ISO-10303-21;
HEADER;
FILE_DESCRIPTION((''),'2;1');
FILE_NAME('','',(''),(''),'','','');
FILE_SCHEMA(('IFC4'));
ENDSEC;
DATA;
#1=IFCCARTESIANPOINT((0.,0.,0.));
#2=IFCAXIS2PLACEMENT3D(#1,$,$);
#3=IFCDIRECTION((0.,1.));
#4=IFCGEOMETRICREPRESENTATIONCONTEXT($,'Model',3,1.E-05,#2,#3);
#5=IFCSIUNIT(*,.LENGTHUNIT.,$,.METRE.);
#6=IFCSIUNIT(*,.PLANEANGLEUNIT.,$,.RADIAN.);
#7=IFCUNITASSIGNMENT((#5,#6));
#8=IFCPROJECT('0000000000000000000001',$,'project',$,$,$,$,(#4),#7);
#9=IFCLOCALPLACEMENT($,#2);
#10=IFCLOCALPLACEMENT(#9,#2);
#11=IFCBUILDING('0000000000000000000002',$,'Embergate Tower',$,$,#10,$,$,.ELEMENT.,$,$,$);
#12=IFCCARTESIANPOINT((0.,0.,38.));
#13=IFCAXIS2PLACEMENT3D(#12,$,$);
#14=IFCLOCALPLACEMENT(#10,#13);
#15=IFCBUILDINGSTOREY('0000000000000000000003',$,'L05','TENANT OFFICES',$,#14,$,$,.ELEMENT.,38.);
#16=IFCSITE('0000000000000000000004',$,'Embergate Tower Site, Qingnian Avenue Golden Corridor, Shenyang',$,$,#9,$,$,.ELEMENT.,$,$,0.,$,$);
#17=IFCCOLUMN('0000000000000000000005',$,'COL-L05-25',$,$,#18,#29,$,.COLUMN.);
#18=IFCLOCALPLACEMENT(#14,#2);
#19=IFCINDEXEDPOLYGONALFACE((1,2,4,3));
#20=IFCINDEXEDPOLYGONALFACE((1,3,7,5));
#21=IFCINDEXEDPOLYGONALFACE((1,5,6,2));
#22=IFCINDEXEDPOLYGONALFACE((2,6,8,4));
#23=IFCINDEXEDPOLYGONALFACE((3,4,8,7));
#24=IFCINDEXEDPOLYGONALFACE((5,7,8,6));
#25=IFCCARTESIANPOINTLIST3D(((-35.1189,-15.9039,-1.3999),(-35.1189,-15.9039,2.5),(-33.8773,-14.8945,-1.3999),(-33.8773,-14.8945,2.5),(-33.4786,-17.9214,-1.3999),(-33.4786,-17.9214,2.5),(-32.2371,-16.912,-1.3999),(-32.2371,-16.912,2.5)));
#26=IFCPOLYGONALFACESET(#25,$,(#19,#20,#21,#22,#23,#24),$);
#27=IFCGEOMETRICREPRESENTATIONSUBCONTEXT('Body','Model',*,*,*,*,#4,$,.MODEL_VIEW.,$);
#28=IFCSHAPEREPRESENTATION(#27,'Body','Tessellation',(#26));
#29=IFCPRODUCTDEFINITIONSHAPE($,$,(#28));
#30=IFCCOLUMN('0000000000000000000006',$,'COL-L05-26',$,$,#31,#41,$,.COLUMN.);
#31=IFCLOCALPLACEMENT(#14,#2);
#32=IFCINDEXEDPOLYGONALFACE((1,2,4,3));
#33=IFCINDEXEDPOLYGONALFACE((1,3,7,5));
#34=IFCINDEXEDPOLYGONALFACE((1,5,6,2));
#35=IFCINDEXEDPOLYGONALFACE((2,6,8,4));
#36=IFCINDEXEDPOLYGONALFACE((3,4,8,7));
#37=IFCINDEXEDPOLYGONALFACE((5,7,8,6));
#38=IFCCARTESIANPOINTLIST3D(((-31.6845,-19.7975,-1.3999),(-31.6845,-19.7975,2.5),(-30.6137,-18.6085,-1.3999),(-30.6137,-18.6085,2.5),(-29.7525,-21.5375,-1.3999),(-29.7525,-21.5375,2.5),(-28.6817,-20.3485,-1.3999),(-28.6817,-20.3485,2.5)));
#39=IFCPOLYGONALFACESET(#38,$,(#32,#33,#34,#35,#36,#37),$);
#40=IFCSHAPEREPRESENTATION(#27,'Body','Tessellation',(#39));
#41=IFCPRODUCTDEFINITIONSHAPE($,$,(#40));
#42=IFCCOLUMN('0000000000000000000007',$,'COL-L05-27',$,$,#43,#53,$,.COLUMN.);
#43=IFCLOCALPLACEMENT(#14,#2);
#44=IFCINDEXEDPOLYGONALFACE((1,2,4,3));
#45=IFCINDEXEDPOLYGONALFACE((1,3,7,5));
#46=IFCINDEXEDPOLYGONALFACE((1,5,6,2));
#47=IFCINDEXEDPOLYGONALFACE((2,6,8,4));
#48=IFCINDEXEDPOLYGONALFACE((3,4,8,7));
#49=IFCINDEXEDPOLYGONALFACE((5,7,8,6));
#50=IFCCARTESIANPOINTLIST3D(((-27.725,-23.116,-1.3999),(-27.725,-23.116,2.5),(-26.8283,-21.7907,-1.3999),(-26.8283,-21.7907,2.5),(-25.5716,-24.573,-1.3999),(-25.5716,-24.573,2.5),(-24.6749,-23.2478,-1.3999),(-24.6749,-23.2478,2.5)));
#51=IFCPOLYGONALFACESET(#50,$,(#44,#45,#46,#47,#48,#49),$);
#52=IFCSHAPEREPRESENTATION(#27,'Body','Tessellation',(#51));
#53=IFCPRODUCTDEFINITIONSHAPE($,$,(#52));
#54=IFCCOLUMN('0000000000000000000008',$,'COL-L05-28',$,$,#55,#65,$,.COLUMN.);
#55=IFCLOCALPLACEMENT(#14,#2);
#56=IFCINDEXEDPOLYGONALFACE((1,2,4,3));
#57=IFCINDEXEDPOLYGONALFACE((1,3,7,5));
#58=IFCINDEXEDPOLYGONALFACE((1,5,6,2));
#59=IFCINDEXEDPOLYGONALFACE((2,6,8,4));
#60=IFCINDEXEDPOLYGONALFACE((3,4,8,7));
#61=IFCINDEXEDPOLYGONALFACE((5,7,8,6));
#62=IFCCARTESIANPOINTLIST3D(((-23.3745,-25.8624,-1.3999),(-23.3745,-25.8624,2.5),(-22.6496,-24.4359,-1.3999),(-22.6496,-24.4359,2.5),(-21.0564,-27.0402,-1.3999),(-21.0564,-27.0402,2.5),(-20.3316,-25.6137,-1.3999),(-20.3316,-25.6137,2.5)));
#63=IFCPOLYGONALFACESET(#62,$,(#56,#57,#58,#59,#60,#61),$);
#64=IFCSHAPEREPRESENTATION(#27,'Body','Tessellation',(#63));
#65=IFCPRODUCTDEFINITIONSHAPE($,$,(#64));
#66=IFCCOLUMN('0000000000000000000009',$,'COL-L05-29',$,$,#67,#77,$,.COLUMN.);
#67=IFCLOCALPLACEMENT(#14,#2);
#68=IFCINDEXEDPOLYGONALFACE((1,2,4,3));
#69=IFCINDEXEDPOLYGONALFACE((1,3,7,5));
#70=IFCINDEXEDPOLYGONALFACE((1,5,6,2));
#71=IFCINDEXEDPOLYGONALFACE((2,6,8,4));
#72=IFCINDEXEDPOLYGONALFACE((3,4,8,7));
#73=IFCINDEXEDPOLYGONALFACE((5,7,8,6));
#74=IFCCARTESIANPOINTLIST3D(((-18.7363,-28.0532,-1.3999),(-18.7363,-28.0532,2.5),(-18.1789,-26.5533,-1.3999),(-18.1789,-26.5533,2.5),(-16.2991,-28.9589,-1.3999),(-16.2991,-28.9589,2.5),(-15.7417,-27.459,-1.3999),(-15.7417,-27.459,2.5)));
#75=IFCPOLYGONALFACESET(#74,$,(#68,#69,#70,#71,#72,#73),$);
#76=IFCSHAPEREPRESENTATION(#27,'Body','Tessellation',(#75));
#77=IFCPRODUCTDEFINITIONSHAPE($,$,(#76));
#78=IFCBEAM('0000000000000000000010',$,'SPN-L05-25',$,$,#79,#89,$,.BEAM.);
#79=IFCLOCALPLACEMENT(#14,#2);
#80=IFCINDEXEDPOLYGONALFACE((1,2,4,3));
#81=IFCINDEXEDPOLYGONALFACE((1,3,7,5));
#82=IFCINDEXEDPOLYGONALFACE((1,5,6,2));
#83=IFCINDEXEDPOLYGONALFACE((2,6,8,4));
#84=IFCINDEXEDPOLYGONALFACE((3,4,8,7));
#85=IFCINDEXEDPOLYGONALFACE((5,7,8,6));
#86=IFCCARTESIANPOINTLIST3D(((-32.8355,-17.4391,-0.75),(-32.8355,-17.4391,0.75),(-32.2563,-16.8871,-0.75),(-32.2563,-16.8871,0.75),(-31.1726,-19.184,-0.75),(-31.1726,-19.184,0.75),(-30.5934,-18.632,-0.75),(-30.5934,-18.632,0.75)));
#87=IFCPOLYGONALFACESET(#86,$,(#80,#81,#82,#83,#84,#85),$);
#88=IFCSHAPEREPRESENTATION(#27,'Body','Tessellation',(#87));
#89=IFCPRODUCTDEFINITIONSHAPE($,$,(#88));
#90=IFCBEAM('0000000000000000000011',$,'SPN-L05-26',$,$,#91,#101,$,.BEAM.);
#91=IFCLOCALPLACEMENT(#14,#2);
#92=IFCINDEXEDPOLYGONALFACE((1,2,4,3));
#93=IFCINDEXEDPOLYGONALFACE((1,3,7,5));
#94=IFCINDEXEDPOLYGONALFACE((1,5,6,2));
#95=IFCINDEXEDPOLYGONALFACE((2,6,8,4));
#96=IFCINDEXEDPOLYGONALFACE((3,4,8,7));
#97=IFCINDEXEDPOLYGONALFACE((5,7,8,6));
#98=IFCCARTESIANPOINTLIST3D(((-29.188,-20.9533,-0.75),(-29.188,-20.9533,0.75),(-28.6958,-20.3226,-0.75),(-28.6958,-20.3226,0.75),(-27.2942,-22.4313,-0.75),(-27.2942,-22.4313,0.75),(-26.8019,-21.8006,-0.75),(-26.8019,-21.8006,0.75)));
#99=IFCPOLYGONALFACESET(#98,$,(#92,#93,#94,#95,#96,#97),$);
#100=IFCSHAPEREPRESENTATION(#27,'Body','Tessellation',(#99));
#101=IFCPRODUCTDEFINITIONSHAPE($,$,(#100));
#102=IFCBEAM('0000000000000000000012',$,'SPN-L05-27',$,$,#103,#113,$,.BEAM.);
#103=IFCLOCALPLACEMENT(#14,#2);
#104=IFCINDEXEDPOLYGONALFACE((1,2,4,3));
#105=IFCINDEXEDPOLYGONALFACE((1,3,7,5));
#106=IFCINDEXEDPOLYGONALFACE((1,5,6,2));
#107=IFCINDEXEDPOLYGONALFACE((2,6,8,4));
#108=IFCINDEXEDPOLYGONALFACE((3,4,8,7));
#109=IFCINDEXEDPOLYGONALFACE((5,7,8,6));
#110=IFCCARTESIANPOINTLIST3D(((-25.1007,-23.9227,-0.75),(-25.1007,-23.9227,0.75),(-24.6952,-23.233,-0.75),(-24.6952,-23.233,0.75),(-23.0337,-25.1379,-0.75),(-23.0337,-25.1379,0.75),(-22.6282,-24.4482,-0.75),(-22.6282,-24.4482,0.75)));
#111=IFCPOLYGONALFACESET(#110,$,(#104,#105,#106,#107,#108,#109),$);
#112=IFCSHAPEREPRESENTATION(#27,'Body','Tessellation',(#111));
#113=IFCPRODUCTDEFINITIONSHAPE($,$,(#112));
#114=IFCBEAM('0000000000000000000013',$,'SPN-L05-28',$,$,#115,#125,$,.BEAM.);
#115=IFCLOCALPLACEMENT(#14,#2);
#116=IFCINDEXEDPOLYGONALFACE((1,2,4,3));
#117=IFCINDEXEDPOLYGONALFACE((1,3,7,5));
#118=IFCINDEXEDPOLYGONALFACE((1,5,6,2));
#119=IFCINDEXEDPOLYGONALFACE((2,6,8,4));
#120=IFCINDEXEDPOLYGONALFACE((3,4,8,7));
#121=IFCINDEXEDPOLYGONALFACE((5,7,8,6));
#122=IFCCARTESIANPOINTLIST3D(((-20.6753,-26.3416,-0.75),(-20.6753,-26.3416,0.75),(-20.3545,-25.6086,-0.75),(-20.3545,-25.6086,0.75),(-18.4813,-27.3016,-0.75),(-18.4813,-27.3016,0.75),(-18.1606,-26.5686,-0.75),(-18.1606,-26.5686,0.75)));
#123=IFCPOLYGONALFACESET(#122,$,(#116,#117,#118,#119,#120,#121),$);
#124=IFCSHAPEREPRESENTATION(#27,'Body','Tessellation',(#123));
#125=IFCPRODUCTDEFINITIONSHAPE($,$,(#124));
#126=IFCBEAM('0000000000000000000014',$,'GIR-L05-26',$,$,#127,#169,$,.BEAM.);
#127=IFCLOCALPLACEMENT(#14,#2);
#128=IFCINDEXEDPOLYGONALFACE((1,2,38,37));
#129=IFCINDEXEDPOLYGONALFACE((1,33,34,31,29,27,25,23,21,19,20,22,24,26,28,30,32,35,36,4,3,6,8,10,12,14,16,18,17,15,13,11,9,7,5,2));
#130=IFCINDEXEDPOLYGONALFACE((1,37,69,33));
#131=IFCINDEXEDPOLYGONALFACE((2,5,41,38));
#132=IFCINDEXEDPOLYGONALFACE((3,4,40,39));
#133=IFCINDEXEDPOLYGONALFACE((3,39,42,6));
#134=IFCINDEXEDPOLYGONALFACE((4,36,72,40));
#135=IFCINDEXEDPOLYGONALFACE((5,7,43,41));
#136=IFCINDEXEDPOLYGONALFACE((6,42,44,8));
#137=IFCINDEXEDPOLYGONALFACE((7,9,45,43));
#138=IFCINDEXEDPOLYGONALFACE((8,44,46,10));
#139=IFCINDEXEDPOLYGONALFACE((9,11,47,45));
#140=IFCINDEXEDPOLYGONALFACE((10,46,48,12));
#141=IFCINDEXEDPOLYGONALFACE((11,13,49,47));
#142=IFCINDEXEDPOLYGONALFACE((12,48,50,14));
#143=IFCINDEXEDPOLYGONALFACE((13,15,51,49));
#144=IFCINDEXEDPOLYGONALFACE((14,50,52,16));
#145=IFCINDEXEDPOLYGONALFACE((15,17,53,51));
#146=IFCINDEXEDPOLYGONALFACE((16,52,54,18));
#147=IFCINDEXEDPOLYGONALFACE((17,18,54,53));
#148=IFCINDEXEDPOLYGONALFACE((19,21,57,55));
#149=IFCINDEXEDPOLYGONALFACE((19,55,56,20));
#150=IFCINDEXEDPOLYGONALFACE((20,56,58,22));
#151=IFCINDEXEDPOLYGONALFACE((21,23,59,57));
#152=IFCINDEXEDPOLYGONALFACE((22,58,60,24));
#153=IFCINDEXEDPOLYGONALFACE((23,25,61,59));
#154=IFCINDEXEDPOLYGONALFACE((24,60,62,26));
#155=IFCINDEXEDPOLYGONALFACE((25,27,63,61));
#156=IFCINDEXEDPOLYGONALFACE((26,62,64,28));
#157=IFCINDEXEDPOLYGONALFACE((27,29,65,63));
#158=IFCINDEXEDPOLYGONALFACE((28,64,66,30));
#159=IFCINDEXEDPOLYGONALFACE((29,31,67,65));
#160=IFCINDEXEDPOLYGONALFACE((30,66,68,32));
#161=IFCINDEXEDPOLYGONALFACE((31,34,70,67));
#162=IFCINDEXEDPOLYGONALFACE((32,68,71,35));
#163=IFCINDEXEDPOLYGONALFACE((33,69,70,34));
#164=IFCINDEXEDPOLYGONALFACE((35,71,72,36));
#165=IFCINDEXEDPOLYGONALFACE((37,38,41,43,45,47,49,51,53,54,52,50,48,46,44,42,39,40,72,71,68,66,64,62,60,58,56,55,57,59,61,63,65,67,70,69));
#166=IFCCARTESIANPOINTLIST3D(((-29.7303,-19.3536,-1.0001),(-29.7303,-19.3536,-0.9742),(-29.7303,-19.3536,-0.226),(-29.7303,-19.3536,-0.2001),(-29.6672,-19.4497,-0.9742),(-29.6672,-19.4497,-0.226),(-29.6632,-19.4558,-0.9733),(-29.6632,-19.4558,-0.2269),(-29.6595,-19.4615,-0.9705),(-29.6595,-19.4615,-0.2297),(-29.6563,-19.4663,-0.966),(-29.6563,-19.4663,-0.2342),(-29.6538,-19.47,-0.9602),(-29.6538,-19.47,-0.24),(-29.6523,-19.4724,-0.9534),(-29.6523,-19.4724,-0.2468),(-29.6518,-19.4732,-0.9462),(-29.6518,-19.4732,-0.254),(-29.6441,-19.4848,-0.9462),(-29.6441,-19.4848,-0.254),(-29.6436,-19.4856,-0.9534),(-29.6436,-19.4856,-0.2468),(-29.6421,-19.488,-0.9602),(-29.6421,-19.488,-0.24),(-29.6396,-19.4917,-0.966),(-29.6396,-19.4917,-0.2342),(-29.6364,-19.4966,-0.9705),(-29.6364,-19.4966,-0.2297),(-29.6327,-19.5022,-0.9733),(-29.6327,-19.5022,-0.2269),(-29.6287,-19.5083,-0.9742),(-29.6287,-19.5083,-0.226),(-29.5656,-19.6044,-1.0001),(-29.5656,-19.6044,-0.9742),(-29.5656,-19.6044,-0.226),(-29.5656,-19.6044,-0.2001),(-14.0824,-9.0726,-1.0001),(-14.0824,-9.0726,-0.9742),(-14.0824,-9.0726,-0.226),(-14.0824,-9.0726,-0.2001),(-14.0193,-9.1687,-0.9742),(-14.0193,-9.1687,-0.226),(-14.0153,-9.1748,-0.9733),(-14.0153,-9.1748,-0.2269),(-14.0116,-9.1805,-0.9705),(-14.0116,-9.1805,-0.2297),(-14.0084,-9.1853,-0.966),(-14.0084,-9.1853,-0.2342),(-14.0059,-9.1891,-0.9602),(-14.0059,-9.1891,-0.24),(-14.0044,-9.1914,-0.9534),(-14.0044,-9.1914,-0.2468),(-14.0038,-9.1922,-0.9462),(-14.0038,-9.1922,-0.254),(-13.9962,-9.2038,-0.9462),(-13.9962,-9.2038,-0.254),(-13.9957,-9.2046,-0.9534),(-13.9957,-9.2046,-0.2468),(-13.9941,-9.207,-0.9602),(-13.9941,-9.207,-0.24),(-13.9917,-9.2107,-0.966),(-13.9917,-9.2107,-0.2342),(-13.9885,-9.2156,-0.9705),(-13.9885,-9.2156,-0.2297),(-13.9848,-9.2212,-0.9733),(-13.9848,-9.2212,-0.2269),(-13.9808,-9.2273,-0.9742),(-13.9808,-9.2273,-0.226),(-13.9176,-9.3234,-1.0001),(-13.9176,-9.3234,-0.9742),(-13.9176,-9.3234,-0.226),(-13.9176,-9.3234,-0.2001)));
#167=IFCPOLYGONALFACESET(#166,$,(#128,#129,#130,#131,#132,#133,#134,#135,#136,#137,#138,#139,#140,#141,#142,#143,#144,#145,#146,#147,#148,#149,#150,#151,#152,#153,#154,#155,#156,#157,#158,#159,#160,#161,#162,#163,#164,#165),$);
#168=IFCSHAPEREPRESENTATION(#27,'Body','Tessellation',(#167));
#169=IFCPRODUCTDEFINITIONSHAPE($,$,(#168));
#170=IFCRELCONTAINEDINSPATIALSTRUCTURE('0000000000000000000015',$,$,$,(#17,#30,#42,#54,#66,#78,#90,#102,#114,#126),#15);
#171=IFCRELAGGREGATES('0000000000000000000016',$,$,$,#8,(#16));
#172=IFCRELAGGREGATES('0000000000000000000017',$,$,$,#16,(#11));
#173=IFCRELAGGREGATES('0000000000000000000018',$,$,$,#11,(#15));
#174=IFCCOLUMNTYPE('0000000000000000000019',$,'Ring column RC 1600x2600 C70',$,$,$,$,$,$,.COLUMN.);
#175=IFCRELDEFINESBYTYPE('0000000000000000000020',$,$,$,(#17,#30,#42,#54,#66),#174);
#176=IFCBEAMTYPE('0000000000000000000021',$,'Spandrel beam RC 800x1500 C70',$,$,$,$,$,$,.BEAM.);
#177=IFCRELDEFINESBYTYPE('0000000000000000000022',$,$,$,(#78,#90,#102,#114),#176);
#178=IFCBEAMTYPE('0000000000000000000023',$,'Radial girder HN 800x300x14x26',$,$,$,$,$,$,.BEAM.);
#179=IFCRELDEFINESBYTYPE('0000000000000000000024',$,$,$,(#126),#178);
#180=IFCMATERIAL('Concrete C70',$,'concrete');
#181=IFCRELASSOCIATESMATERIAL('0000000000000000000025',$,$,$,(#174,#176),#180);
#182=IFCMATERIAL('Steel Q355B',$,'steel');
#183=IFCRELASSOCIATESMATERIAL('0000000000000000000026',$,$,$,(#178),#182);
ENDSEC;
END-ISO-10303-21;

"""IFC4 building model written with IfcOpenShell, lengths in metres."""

from ifc_helpers import new_model, si_unit, direction, frame, origin, origin_2d, place, context, subcontext, project, spatial, rectangle, i_section, extrude, source, transform, mapped, material, material_profile, profile_set, type_object, element, save


model = new_model("IFC4")

# Units and contexts
model_context = context("Model", 3, precision=1e-05, world=origin(), true_north=direction((0.0, 1.0)))
body_context = subcontext(model_context, "Body", "Model", "MODEL_VIEW")
ifc_project = project(units=[si_unit("LENGTHUNIT", "METRE"), si_unit("PLANEANGLEUNIT", "RADIAN")], contexts=[model_context])

# Site, building, storey
site_placement = place(None, origin())
site = spatial("IfcSite", under=ifc_project, at=site_placement, Name="Embergate Tower Site, Qingnian Avenue Golden Corridor, Shenyang", CompositionType="ELEMENT", RefElevation=0.0)
building_placement = place(site_placement, origin())
building = spatial("IfcBuilding", under=site, at=building_placement, Name="Embergate Tower", CompositionType="ELEMENT")
storey_placement = place(building_placement, frame((0.0, 0.0, 38.0)))
storey = spatial("IfcBuildingStorey", under=building, at=storey_placement, Name="L05", Description="TENANT OFFICES", CompositionType="ELEMENT", Elevation=38.0)

# Columns
ifc_material_1 = material(Name="Concrete C70", Category="concrete")
ifc_material_profile_1 = material_profile(ifc_material_1, rectangle(XDim=1.6001, YDim=2.6001, at=origin_2d()), Name="RC 1600x2600")
ifc_profile_set_1 = profile_set([ifc_material_profile_1], Name="Concrete C70")
column_type = type_object("IfcColumnType", Name="Ring column RC 1600x2600 C70", PredefinedType="COLUMN", material=ifc_profile_set_1)
shared_shape_1 = source(origin(), body_context, "Body", "SweptSolid", [
    extrude(rectangle(XDim=1.6001, YDim=2.6001, at=origin_2d()), origin(), (0.0, 0.0, 1.0), 3.8999),
])
for number, where, z_axis, x_axis, name in (
    (1, (-33.678, -16.408, -1.3999), (0.0, 0.0, 1.0), (-0.775914, -0.630838, 0.0), "COL-L05-25"),
    (2, (-30.1831, -20.073, -1.3999), (0.0, 0.0, 1.0), (-0.669208, -0.743075, 0.0), "COL-L05-26"),
    (3, (-26.2, -23.1819, -1.3999), (0.0, 0.0, 1.0), (-0.560393, -0.828227, 0.0), "COL-L05-27"),
    (4, (-21.853, -25.738, -1.3999), (0.0, 0.0, 1.0), (-0.452995, -0.891513, 0.0), "COL-L05-28"),
    (5, (-17.239, -27.7561, -1.3999), (0.0, 0.0, 1.0), (-0.348343, -0.937367, 0.0), "COL-L05-29"),
):
    element("IfcColumn", number, at=place(storey_placement, frame(where, z_axis=z_axis, x_axis=x_axis)), inside=storey, type_object=column_type, Name=name, PredefinedType="COLUMN", context=body_context, shape_type="MappedRepresentation", body=[
        mapped(shared_shape_1, transform((0.0, 0.0, 0.0))),
    ])

# Beams
ifc_material_profile_2 = material_profile(ifc_material_1, rectangle(XDim=0.8, YDim=1.5, at=origin_2d()), Name="RC 800x1500")
ifc_profile_set_2 = profile_set([ifc_material_profile_2], Name="Concrete C70")
beam_type_1 = type_object("IfcBeamType", Name="Spandrel beam RC 800x1500 C70", PredefinedType="BEAM", material=ifc_profile_set_2)
shared_shape_2 = source(origin(), body_context, "Body", "SweptSolid", [
    extrude(rectangle(XDim=0.8, YDim=1.5, at=origin_2d()), origin(), (0.0, 0.0, 1.0), 2.4104),
])
beam_1_placement = place(storey_placement, frame((-32.5459, -17.1631, 0.0), z_axis=(0.689885, -0.723919, 0.0), x_axis=(0.723919, 0.689885, 0.0)))
element("IfcBeam", 6, at=beam_1_placement, inside=storey, type_object=beam_type_1, Name="SPN-L05-25", PredefinedType="BEAM", context=body_context, shape_type="MappedRepresentation", body=[
    mapped(shared_shape_2, transform((0.0, 0.0, 0.0))),
])
shared_shape_3 = source(origin(), body_context, "Body", "SweptSolid", [
    extrude(rectangle(XDim=0.8, YDim=1.5, at=origin_2d()), origin(), (0.0, 0.0, 1.0), 2.4023),
])
beam_2_placement = place(storey_placement, frame((-28.9419, -20.6379, 0.0), z_axis=(0.788328, -0.615255, 0.0), x_axis=(0.615255, 0.788328, 0.0)))
element("IfcBeam", 7, at=beam_2_placement, inside=storey, type_object=beam_type_1, Name="SPN-L05-26", PredefinedType="BEAM", context=body_context, shape_type="MappedRepresentation", body=[
    mapped(shared_shape_3, transform((0.0, 0.0, 0.0))),
])
shared_shape_4 = source(origin(), body_context, "Body", "SweptSolid", [
    extrude(rectangle(XDim=0.8, YDim=1.5, at=origin_2d()), origin(), (0.0, 0.0, 1.0), 2.3977),
])
beam_3_placement = place(storey_placement, frame((-24.8979, -23.5779, 0.0), z_axis=(0.862068, -0.506793, 0.0), x_axis=(0.506793, 0.862068, 0.0)))
element("IfcBeam", 8, at=beam_3_placement, inside=storey, type_object=beam_type_1, Name="SPN-L05-27", PredefinedType="BEAM", context=body_context, shape_type="MappedRepresentation", body=[
    mapped(shared_shape_4, transform((0.0, 0.0, 0.0))),
])
shared_shape_5 = source(origin(), body_context, "Body", "SweptSolid", [
    extrude(rectangle(XDim=0.8, YDim=1.5, at=origin_2d()), origin(), (0.0, 0.0, 1.0), 2.3948),
])
beam_4_placement = place(storey_placement, frame((-20.5149, -25.9751, 0.0), z_axis=(0.916134, -0.400872, 0.0), x_axis=(0.400872, 0.916134, 0.0)))
element("IfcBeam", 9, at=beam_4_placement, inside=storey, type_object=beam_type_1, Name="SPN-L05-28", PredefinedType="BEAM", context=body_context, shape_type="MappedRepresentation", body=[
    mapped(shared_shape_5, transform((0.0, 0.0, 0.0))),
])
ifc_material_2 = material(Name="Steel Q355B", Category="steel")
ifc_material_profile_3 = material_profile(ifc_material_2, i_section(OverallWidth=0.3, OverallDepth=0.8, WebThickness=0.0139, FlangeThickness=0.0259, FilletRadius=0.0281, at=origin_2d()), Name="HN 800x300x14x26")
ifc_profile_set_3 = profile_set([ifc_material_profile_3], Name="Steel Q355 grade B")
beam_type_2 = type_object("IfcBeamType", Name="Radial girder HN 800x300x14x26", PredefinedType="BEAM", material=ifc_profile_set_3)
shared_shape_6 = source(origin(), body_context, "Body", "SweptSolid", [
    extrude(i_section(OverallWidth=0.3, OverallDepth=0.8, WebThickness=0.0139, FlangeThickness=0.0259, FilletRadius=0.0281, at=origin_2d()), origin(), (0.0, 0.0, 1.0), 18.7231),
])
beam_5_placement = place(storey_placement, frame((-29.6479, -19.479, -0.6001), z_axis=(0.835753, 0.549106, 0.0), x_axis=(-0.549106, 0.835753, 0.0)))
element("IfcBeam", 10, at=beam_5_placement, inside=storey, type_object=beam_type_2, Name="GIR-L05-26", PredefinedType="BEAM", context=body_context, shape_type="MappedRepresentation", body=[
    mapped(shared_shape_6, transform((0.0, 0.0, 0.0))),
])

save(model, "model.ifc")
